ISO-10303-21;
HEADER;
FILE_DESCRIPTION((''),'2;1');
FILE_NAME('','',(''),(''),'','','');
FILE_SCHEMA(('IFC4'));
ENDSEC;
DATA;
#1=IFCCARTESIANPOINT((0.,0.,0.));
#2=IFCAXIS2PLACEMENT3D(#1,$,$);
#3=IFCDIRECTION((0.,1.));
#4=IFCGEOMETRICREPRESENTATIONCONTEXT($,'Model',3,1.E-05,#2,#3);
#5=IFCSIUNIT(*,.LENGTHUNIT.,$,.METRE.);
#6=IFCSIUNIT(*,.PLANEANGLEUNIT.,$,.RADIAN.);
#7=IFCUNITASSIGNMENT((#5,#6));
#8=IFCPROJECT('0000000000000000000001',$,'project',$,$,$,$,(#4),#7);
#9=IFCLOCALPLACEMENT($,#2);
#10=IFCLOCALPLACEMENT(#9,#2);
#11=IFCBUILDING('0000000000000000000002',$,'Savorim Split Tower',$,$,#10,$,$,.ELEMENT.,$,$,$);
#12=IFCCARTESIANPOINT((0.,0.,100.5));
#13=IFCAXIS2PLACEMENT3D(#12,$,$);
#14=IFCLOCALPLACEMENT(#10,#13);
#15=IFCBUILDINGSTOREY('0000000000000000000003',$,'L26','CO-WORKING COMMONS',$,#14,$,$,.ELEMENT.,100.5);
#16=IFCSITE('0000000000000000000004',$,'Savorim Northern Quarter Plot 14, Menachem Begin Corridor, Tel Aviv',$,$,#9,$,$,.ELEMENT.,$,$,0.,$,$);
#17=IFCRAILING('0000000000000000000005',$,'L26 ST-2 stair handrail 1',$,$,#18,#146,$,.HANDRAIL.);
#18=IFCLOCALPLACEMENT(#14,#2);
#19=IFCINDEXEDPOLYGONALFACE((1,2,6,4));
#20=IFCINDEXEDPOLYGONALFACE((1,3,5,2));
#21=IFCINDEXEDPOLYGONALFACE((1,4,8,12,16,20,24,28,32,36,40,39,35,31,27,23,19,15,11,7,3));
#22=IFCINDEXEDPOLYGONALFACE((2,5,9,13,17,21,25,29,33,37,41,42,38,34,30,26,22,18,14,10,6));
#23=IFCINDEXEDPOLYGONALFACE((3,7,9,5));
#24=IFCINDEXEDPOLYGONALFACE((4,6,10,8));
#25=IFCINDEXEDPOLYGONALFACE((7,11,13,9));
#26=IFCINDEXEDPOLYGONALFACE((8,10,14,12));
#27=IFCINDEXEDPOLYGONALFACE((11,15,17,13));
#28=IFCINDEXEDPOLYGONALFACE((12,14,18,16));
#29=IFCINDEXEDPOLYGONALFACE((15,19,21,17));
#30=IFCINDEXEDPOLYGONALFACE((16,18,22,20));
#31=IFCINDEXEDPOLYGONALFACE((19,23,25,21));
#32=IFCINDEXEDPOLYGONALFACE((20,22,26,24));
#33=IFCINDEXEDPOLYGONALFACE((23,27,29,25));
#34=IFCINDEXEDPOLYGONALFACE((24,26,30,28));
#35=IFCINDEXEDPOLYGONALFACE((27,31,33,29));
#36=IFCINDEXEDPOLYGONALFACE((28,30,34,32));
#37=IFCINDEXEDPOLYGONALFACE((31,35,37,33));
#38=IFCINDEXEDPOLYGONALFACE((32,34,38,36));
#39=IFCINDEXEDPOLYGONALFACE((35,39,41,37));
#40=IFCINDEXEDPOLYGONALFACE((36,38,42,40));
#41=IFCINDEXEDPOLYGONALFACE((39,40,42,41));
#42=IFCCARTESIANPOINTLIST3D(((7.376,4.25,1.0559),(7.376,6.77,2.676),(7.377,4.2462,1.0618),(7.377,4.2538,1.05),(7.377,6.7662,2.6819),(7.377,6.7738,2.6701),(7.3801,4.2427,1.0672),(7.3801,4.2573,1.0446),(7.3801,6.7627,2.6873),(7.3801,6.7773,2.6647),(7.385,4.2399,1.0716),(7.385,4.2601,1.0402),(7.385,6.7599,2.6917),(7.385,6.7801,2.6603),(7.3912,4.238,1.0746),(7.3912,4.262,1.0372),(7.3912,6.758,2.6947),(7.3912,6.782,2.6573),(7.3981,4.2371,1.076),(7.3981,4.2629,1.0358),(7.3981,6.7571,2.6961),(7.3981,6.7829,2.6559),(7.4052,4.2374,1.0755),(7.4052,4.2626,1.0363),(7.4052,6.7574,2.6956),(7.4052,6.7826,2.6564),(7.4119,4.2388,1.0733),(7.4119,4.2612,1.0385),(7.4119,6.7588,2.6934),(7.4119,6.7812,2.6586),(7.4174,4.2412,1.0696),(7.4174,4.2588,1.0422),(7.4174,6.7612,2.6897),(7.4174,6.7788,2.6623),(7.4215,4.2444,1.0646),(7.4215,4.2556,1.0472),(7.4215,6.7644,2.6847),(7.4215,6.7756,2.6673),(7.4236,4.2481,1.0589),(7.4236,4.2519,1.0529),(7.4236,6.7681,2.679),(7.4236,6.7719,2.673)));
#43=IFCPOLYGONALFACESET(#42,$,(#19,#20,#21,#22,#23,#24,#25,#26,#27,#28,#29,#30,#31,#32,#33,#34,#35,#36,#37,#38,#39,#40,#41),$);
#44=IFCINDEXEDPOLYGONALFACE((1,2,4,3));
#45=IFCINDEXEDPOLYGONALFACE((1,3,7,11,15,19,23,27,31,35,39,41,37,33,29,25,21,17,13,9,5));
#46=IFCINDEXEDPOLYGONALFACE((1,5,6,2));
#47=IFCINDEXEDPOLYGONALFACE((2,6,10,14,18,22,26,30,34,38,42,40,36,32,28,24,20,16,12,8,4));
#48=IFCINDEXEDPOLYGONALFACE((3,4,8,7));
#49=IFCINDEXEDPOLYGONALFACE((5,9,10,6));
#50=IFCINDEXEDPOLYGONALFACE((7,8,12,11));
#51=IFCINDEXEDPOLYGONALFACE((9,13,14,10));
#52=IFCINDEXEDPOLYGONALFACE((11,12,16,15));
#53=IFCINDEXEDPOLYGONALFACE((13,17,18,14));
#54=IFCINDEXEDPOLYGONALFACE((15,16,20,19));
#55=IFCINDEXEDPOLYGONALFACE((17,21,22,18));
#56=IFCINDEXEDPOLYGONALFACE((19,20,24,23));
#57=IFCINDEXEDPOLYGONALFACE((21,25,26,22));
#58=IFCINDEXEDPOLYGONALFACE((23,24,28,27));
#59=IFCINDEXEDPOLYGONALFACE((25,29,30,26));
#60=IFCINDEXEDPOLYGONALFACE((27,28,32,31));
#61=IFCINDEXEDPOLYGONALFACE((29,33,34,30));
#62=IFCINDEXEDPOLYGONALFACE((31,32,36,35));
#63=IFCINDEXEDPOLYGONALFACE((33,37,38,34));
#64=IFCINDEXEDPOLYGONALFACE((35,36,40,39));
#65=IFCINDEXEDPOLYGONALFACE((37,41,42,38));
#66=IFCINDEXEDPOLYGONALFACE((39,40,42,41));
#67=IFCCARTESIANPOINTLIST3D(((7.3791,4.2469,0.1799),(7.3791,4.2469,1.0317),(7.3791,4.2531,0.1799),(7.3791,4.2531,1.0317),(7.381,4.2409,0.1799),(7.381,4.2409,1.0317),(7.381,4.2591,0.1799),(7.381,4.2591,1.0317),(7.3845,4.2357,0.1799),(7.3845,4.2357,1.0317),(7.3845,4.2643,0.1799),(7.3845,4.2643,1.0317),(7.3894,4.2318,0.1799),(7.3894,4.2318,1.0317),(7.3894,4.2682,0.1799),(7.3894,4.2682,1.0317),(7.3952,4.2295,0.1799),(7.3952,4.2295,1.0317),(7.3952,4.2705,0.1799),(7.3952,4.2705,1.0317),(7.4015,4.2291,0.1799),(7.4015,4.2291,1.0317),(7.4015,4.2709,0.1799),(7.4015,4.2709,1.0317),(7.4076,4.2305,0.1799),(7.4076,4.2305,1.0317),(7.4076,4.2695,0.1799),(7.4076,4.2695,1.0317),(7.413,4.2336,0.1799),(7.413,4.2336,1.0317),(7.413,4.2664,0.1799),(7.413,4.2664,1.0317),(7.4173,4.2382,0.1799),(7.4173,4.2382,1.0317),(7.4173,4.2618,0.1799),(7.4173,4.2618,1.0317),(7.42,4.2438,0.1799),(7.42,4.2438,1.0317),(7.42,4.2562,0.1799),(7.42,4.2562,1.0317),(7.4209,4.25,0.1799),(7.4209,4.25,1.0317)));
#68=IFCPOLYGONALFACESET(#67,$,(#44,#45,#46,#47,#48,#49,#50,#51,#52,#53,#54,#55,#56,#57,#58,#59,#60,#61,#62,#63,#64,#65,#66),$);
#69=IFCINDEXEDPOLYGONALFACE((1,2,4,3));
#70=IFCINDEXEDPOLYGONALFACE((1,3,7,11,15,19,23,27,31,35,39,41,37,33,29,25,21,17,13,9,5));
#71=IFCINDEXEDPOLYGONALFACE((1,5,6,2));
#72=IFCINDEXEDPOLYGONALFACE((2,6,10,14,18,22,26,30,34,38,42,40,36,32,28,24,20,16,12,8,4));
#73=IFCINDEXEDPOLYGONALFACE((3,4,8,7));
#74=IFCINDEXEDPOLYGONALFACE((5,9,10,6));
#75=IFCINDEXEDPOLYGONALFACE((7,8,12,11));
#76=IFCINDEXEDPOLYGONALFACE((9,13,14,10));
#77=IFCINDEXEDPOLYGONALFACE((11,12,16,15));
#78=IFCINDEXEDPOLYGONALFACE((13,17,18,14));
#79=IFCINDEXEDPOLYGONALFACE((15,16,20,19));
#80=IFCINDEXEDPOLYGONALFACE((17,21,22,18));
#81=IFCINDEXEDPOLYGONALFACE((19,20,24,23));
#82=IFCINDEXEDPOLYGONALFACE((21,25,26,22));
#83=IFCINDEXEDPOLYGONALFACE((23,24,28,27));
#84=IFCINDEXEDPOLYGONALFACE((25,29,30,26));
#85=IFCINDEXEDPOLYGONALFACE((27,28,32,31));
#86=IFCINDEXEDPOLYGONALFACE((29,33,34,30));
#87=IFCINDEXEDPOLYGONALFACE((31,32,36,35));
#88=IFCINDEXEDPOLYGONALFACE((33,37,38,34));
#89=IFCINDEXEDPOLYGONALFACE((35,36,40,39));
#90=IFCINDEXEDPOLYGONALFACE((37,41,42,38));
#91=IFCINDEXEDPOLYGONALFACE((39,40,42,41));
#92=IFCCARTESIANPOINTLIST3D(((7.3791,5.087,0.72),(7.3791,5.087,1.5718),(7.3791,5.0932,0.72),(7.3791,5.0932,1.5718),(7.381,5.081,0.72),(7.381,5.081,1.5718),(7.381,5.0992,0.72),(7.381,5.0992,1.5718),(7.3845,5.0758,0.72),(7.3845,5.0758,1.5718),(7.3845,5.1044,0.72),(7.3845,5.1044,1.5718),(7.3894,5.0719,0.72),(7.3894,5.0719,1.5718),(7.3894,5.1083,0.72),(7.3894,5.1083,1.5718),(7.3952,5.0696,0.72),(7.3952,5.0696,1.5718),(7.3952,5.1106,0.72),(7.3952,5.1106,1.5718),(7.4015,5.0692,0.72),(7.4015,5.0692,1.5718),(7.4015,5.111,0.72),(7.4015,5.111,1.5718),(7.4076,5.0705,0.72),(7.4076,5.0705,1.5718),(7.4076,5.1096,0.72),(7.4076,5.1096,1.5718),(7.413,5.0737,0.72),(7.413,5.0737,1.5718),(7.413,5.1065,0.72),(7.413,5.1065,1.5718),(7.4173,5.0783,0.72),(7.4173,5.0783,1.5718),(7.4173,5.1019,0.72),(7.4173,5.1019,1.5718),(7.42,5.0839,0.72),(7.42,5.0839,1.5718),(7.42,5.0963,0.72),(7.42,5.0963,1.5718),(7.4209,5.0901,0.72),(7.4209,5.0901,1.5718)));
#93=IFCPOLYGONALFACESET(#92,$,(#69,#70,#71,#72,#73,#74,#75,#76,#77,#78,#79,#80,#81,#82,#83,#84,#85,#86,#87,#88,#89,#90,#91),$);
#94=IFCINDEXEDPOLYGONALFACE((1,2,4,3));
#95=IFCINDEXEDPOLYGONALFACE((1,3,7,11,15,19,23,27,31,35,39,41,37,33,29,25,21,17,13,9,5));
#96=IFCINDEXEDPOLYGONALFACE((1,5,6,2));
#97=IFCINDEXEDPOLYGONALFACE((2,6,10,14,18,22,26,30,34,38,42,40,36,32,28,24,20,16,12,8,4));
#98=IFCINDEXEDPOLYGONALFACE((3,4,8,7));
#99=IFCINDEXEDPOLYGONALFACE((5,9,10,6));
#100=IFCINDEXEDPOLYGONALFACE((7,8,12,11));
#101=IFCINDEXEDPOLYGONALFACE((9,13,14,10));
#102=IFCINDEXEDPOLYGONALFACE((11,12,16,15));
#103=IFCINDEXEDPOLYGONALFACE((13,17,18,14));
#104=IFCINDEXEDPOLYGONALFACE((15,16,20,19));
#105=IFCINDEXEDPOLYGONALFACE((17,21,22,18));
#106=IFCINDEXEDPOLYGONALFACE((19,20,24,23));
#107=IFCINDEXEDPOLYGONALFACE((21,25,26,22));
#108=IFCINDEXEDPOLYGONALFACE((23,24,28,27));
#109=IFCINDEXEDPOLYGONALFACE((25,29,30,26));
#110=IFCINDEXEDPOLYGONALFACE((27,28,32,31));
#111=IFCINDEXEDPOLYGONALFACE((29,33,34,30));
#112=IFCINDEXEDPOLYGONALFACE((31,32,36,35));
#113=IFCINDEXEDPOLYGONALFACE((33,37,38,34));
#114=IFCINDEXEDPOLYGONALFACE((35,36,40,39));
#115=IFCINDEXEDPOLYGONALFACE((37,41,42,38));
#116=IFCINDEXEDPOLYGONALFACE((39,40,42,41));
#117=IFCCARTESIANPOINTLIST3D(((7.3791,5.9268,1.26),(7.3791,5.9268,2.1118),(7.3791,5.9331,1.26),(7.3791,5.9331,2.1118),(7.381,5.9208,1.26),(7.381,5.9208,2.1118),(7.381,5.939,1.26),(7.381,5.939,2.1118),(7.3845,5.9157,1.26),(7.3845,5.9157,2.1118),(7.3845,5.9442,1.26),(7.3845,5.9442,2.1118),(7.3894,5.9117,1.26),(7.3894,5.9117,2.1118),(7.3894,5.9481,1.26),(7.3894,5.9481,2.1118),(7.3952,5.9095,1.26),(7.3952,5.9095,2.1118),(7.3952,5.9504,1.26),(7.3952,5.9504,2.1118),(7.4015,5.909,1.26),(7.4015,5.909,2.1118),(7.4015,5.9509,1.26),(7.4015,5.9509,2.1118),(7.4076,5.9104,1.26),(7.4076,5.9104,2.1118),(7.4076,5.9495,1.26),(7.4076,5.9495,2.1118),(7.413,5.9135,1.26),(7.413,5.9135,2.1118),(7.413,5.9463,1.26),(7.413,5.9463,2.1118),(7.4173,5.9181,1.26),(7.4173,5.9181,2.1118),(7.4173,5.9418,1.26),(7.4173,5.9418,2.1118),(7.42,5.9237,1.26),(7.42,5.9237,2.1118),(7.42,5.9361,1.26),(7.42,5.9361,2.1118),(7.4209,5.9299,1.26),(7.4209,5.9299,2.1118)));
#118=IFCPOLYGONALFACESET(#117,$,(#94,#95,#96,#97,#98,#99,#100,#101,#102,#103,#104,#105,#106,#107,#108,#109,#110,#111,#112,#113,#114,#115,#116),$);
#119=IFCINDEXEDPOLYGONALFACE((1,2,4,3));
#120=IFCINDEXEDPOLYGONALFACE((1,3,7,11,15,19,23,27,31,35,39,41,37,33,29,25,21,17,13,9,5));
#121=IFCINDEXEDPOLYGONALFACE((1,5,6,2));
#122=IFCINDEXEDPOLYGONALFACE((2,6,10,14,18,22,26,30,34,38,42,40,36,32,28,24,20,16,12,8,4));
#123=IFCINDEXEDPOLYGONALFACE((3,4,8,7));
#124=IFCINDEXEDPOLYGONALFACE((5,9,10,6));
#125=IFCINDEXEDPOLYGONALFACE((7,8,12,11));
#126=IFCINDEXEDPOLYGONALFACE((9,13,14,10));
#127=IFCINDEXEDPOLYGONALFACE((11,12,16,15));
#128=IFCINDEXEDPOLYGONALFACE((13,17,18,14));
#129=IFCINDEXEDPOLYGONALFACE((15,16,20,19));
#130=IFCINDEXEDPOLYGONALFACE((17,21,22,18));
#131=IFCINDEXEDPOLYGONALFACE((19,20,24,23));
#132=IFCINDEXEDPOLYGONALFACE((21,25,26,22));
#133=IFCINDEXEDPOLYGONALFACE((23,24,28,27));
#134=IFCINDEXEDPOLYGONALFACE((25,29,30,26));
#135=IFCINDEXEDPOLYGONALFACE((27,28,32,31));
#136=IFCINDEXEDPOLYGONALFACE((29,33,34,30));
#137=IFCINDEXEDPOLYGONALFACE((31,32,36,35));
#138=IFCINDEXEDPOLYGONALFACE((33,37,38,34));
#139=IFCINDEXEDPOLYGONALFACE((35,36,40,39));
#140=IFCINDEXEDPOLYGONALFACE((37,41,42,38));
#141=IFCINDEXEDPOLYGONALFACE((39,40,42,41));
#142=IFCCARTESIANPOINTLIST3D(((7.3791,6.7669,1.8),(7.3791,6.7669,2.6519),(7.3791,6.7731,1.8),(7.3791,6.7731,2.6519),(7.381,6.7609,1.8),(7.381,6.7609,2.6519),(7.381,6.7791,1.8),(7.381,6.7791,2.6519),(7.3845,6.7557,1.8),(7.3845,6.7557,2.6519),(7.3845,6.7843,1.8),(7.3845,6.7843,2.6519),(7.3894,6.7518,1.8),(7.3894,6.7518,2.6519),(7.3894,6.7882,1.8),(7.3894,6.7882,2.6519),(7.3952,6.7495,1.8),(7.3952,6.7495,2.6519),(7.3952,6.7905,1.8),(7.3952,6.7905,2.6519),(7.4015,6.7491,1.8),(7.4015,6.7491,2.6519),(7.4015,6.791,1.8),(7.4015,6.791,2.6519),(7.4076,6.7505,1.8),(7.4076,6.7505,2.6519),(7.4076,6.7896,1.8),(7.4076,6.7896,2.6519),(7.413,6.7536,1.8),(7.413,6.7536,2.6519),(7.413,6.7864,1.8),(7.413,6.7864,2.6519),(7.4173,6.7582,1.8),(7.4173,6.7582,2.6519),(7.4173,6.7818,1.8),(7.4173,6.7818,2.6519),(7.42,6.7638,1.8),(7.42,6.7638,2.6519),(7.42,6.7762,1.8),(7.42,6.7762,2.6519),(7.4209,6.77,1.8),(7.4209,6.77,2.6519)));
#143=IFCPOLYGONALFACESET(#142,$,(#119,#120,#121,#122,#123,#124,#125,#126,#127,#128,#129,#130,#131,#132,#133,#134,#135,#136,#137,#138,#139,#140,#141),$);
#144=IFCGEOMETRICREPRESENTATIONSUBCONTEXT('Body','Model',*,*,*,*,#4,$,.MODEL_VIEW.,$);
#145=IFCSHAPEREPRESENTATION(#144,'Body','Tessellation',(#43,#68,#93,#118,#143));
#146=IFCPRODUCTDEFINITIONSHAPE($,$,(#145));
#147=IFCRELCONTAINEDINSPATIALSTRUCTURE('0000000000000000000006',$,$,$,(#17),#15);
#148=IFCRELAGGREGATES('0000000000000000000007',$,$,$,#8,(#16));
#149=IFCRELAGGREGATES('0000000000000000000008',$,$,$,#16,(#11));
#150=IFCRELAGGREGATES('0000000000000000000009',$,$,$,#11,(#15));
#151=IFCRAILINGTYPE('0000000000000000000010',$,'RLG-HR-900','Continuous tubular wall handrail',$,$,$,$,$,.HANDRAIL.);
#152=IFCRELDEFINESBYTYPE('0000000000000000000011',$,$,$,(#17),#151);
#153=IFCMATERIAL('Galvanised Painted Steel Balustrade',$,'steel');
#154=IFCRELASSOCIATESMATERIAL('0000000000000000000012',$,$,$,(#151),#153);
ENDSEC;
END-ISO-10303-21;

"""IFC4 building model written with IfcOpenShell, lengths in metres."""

from ifc_helpers import new_model, si_unit, direction, frame, origin, origin_2d, place, context, subcontext, project, spatial, circle, extrude, material, type_object, element, save


model = new_model("IFC4")

# Units and contexts
model_context = context("Model", 3, precision=1e-05, world=origin(), true_north=direction((0.0, 1.0)))
body_context = subcontext(model_context, "Body", "Model", "MODEL_VIEW")
ifc_project = project(units=[si_unit("LENGTHUNIT", "METRE"), si_unit("PLANEANGLEUNIT", "RADIAN")], contexts=[model_context])

# Site, building, storey
site_placement = place(None, origin())
site = spatial("IfcSite", under=ifc_project, at=site_placement, Name="Savorim Northern Quarter Plot 14, Menachem Begin Corridor, Tel Aviv", CompositionType="ELEMENT", RefElevation=0.0)
building_placement = place(site_placement, origin())
building = spatial("IfcBuilding", under=site, at=building_placement, Name="Savorim Split Tower", CompositionType="ELEMENT")
storey_placement = place(building_placement, frame((0.0, 0.0, 100.5)))
storey = spatial("IfcBuildingStorey", under=building, at=storey_placement, Name="L26", Description="CO-WORKING COMMONS", CompositionType="ELEMENT", Elevation=100.5)

# Railing
ifc_material_1 = material(Name="Galvanised Painted Steel Balustrade", Category="steel")
railing_type_1 = type_object("IfcRailingType", Name="RLG-HR-900", Description="Continuous tubular wall handrail", PredefinedType="HANDRAIL", material=ifc_material_1)
railing_1_placement = place(storey_placement, frame((7.3999, 4.25, 0.1799)))
element("IfcRailing", 1, at=railing_1_placement, inside=storey, type_object=railing_type_1, Name="L26 ST-2 stair handrail 1", PredefinedType="HANDRAIL", context=body_context, shape_type="SweptSolid", body=[
    extrude(circle(Radius=0.0239, at=origin_2d()), frame((0.0, 0.0, 0.876), z_axis=(0.0, 0.841163, 0.540782), x_axis=(-1.0, 0.0, 0.0)), (0.0, 0.0, 1.0), 2.9958),
    extrude(circle(Radius=0.021, at=origin_2d()), origin(), (0.0, 0.0, 1.0), 0.8518),
    extrude(circle(Radius=0.021, at=origin_2d()), frame((0.0, 0.8401, 0.54)), (0.0, 0.0, 1.0), 0.8518),
    extrude(circle(Radius=0.021, at=origin_2d()), frame((0.0, 1.6799, 1.0801)), (0.0, 0.0, 1.0), 0.8518),
    extrude(circle(Radius=0.021, at=origin_2d()), frame((0.0, 2.52, 1.6201)), (0.0, 0.0, 1.0), 0.8518),
])

save(model, "model.ifc")
